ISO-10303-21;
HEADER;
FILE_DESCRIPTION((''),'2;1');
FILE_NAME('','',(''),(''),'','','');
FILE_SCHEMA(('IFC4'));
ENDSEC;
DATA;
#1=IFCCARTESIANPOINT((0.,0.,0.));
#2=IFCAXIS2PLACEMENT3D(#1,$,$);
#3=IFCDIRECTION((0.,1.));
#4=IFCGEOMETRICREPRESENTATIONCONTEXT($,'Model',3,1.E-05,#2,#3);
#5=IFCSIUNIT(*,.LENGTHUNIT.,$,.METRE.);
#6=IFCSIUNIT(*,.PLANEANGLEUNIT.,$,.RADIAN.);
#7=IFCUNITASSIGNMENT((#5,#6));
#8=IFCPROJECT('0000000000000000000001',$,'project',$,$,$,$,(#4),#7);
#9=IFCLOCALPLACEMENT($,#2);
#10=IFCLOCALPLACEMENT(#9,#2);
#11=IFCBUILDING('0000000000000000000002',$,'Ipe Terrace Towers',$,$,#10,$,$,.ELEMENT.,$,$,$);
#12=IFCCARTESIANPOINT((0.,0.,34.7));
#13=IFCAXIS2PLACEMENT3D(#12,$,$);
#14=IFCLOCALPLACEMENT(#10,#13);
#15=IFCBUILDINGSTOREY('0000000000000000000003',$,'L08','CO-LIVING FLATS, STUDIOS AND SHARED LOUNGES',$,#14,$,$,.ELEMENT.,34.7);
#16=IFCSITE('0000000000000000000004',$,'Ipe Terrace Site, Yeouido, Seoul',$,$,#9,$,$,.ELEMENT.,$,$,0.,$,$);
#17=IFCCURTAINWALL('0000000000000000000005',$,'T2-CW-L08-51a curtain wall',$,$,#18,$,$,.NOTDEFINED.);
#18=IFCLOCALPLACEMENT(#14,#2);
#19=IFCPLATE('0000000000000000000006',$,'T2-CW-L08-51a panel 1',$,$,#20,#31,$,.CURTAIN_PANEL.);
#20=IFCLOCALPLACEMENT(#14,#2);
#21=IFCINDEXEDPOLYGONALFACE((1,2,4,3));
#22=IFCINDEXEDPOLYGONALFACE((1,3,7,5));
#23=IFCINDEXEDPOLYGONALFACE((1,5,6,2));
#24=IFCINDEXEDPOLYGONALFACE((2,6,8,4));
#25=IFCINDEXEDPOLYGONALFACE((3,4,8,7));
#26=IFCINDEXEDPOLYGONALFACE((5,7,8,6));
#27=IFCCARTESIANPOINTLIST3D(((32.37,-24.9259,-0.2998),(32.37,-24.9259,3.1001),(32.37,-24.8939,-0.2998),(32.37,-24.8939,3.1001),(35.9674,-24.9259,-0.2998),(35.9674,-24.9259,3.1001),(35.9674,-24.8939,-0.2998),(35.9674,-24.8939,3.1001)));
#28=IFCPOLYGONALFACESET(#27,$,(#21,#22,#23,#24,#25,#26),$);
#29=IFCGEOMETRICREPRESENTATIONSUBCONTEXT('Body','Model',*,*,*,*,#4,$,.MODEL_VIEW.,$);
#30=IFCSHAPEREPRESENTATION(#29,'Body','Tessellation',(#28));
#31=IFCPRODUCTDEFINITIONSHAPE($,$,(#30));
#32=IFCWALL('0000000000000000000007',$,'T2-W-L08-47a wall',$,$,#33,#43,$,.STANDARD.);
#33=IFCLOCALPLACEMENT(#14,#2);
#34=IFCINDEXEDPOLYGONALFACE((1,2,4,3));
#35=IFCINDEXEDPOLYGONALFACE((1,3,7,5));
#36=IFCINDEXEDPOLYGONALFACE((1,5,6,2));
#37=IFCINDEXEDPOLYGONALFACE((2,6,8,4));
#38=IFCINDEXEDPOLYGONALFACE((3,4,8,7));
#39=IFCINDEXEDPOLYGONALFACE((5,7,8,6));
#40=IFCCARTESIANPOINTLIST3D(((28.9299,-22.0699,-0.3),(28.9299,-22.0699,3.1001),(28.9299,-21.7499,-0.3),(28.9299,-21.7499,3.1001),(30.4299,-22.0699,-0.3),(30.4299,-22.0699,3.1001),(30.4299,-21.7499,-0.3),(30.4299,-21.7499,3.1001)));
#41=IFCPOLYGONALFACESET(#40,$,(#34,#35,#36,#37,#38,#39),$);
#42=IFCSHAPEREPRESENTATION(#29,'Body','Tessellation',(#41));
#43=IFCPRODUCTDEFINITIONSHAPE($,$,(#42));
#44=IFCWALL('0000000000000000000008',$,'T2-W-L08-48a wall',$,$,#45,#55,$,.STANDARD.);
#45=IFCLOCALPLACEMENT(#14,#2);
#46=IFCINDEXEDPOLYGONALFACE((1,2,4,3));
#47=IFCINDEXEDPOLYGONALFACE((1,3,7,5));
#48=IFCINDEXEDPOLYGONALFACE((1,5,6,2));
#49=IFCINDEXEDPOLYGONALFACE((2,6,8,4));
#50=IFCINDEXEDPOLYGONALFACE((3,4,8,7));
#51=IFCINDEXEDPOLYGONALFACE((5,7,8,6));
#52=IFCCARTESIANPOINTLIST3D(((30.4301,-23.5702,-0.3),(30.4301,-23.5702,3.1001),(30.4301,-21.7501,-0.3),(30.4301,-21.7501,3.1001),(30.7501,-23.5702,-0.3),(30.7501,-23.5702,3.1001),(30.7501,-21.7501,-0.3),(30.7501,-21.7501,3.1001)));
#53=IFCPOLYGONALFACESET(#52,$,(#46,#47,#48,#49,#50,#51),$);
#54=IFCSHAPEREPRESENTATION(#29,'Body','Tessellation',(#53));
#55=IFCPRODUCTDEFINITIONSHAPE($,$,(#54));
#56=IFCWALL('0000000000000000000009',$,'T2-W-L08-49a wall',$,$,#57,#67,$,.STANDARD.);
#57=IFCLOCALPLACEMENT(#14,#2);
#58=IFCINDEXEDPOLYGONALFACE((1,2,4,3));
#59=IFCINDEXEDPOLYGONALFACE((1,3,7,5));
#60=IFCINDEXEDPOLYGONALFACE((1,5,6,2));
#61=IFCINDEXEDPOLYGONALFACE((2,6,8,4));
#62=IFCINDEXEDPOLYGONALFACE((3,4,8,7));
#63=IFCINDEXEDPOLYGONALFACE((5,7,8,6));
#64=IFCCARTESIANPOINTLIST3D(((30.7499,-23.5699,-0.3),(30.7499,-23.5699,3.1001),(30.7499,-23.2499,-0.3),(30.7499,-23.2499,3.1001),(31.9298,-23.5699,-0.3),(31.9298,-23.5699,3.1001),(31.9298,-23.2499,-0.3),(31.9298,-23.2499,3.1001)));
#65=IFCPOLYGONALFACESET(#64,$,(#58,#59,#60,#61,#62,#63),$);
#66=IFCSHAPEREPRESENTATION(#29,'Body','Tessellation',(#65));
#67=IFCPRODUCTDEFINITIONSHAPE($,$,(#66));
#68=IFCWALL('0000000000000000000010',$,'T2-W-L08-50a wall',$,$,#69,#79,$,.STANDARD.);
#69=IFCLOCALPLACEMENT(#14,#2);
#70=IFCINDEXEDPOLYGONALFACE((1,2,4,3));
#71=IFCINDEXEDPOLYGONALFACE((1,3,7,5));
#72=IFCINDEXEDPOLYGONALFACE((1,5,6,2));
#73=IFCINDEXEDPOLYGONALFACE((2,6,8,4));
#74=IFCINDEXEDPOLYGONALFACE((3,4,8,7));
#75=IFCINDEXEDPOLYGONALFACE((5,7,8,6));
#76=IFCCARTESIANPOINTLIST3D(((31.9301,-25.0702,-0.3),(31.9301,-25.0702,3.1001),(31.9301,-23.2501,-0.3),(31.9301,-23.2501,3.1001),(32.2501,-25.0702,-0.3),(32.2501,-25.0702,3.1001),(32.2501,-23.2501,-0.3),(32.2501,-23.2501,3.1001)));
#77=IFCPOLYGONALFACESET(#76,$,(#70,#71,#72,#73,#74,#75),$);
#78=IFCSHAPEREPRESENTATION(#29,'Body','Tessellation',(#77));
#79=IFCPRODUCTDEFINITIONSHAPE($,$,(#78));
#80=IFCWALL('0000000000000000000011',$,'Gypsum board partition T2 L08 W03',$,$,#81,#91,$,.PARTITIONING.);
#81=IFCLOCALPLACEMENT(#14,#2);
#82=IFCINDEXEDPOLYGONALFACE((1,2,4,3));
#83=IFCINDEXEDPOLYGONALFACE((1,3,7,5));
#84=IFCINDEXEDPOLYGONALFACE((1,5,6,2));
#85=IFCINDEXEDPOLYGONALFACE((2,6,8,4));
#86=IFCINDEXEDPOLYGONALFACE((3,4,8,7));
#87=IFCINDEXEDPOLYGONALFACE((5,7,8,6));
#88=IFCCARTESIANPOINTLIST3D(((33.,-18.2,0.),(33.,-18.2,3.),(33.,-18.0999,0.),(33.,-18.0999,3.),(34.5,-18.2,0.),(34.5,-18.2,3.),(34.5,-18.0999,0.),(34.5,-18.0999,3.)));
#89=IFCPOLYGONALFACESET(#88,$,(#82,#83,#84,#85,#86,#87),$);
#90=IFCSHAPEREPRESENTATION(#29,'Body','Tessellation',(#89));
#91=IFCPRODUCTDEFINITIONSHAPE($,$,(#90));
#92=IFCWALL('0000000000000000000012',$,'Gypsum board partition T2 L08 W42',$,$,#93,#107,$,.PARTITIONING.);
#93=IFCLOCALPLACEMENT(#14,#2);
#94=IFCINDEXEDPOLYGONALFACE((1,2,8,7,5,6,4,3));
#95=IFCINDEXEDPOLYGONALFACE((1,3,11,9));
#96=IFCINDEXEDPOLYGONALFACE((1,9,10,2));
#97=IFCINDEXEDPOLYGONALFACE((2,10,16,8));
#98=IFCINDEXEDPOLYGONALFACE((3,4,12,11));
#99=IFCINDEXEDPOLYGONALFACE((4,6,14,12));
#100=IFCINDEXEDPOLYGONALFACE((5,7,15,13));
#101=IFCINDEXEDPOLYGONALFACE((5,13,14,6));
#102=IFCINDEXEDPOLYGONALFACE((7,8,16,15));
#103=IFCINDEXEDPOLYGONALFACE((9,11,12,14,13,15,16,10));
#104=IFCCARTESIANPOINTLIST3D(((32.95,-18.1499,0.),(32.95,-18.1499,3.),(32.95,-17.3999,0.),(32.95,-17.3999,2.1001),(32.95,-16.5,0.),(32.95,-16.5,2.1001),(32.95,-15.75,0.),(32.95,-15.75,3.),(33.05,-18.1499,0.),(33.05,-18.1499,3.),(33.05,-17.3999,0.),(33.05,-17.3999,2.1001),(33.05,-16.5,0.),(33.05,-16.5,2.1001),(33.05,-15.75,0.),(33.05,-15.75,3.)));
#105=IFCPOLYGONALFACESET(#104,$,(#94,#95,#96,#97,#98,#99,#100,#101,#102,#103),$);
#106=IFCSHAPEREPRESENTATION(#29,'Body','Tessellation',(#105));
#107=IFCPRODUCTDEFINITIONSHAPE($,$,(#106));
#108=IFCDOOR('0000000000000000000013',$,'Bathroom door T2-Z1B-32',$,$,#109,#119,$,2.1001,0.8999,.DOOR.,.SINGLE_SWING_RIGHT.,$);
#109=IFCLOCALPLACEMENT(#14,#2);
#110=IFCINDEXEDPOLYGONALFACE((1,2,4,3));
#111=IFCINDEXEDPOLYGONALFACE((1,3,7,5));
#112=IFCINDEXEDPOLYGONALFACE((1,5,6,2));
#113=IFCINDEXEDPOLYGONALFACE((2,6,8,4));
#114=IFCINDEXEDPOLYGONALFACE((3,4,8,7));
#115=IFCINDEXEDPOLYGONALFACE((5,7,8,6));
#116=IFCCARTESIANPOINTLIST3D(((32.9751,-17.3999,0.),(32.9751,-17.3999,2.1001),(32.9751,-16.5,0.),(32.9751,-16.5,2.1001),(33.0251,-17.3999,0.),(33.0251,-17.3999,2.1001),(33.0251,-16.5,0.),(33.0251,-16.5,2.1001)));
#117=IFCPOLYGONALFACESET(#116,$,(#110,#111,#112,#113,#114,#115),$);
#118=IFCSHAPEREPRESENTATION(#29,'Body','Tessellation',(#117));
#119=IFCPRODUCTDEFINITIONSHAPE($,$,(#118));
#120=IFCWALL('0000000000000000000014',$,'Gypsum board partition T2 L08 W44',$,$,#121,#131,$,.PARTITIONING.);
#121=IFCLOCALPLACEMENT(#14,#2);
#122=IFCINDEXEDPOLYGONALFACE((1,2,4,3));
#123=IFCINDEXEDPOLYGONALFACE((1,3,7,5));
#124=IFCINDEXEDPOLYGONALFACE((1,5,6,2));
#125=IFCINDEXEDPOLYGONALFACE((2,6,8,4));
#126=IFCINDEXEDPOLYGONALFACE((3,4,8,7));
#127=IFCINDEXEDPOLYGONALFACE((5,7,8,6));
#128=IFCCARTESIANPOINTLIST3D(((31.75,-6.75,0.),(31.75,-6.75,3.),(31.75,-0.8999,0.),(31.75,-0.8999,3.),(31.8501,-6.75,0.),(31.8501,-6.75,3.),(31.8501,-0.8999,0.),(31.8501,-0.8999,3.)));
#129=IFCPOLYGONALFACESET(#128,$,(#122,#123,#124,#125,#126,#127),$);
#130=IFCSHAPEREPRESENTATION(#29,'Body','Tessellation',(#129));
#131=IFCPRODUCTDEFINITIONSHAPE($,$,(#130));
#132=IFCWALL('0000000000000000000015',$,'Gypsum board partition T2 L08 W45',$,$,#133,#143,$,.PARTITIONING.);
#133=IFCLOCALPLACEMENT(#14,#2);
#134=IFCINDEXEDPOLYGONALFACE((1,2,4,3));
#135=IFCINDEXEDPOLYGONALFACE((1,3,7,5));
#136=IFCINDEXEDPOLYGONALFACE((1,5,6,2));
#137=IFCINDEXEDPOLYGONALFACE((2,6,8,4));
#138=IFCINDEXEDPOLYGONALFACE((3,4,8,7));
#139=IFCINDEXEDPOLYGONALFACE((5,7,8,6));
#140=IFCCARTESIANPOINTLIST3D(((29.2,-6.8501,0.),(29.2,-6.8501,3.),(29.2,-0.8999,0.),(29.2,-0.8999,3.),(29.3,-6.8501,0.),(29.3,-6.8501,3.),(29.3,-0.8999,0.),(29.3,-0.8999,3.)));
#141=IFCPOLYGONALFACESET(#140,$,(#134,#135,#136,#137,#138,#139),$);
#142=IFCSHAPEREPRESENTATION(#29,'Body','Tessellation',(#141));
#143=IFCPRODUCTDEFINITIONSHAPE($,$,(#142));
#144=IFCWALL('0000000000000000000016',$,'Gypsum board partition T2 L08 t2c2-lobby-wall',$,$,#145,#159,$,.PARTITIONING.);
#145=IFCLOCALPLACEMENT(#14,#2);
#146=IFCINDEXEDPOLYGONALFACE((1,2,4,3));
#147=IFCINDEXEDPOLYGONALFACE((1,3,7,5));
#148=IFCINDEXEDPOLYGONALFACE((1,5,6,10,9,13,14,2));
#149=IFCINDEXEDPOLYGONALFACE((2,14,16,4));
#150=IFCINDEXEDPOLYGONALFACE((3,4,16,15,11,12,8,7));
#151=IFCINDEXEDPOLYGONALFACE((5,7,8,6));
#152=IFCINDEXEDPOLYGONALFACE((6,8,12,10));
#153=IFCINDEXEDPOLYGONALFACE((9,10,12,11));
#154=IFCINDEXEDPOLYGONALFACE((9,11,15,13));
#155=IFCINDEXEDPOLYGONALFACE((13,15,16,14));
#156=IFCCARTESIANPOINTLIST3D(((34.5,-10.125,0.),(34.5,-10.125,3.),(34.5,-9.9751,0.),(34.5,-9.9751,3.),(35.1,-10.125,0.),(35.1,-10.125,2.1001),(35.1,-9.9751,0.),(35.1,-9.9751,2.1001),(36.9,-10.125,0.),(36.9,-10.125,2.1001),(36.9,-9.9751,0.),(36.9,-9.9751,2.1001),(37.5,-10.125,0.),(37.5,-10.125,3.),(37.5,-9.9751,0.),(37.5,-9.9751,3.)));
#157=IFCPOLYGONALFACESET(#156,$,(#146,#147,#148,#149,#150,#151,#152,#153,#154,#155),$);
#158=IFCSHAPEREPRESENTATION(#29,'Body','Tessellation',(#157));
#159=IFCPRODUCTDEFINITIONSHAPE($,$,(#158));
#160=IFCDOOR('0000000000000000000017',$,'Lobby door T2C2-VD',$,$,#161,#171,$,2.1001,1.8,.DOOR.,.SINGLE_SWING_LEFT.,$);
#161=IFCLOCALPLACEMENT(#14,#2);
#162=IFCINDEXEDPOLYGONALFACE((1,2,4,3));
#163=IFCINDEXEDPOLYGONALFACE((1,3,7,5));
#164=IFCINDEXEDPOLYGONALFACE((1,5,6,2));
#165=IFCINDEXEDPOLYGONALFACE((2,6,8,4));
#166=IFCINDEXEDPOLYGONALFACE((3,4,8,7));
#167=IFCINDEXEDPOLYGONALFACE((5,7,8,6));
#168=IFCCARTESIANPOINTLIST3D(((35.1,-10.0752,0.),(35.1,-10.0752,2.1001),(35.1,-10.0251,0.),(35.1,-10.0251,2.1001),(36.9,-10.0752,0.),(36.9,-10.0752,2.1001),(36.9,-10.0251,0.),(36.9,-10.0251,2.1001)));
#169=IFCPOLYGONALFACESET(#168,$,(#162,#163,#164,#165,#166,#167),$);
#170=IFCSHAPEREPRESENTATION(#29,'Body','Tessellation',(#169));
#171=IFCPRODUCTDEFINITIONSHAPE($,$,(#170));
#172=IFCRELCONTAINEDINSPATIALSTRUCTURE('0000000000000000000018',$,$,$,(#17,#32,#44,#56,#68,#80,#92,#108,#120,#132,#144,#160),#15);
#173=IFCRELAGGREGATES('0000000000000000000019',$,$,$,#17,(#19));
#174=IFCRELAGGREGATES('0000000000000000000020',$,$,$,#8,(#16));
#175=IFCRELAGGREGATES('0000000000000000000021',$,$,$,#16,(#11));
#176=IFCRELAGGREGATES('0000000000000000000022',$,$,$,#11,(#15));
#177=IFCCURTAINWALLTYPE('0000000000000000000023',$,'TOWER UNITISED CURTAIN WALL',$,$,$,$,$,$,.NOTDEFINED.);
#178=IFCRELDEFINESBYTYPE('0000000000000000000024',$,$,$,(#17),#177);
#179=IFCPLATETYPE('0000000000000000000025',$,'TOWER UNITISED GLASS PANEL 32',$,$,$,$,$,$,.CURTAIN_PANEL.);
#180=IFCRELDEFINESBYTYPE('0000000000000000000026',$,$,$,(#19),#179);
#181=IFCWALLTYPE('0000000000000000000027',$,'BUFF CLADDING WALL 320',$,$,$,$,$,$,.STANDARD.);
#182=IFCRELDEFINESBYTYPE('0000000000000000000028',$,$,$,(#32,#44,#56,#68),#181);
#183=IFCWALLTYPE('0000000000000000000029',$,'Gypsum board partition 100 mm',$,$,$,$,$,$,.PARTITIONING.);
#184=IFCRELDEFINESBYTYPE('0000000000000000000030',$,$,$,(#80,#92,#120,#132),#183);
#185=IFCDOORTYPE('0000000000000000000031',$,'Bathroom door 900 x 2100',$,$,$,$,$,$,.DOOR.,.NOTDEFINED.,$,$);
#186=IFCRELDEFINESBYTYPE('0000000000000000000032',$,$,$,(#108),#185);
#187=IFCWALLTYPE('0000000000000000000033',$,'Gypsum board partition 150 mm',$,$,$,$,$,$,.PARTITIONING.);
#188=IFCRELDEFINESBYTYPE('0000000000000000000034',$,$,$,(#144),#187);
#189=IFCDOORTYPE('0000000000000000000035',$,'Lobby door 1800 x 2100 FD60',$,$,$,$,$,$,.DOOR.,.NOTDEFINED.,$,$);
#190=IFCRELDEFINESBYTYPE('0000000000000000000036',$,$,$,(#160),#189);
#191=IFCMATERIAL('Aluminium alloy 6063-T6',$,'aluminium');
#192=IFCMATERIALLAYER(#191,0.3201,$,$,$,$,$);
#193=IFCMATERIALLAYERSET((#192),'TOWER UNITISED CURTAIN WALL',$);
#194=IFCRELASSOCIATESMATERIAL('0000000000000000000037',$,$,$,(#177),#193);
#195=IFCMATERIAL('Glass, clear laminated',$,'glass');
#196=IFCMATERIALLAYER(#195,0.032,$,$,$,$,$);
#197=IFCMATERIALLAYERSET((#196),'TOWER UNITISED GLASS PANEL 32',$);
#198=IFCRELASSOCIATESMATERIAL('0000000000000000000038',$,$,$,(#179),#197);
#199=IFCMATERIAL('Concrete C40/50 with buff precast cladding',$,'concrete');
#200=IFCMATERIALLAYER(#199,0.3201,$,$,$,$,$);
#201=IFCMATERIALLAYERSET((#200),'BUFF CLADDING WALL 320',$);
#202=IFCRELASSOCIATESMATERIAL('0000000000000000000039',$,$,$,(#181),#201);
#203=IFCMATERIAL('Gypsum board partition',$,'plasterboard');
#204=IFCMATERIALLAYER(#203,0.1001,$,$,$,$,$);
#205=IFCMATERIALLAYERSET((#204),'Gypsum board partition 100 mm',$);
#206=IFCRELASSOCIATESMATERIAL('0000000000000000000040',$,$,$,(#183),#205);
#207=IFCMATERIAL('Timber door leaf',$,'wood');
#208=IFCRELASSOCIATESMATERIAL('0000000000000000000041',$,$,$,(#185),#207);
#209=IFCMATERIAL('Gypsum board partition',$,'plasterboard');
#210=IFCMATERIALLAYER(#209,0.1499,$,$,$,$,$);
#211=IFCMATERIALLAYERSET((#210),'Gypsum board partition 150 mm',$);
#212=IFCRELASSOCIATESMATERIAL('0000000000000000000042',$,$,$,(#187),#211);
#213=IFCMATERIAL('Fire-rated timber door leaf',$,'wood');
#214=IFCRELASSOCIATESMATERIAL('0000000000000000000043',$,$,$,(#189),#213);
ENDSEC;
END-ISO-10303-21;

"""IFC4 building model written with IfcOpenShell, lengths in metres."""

from ifc_helpers import new_model, si_unit, direction, frame, frame_2d, origin, origin_2d, place, context, subcontext, project, spatial, rectangle, extrude, material, layer, layer_set, type_object, element, fill, aggregate, save


model = new_model("IFC4")

# Units and contexts
model_context = context("Model", 3, precision=1e-05, world=origin(), true_north=direction((0.0, 1.0)))
body_context = subcontext(model_context, "Body", "Model", "MODEL_VIEW")
ifc_project = project(units=[si_unit("LENGTHUNIT", "METRE"), si_unit("PLANEANGLEUNIT", "RADIAN")], contexts=[model_context])

# Site, building, storey
site_placement = place(None, origin())
site = spatial("IfcSite", under=ifc_project, at=site_placement, Name="Ipe Terrace Site, Yeouido, Seoul", CompositionType="ELEMENT", RefElevation=0.0)
building_placement = place(site_placement, origin())
building = spatial("IfcBuilding", under=site, at=building_placement, Name="Ipe Terrace Towers", CompositionType="ELEMENT")
storey_placement = place(building_placement, frame((0.0, 0.0, 34.7)))
storey = spatial("IfcBuildingStorey", under=building, at=storey_placement, Name="L08", Description="CO-LIVING FLATS, STUDIOS AND SHARED LOUNGES", CompositionType="ELEMENT", Elevation=34.7)

# Shared definitions
ifc_material_1 = material(Name="Aluminium alloy 6063-T6", Category="aluminium")
ifc_layer_1 = layer(ifc_material_1, 0.3201)
ifc_layer_set_1 = layer_set([ifc_layer_1], Name="TOWER UNITISED CURTAIN WALL")
curtain_wall_type = type_object("IfcCurtainWallType", Name="TOWER UNITISED CURTAIN WALL", PredefinedType="NOTDEFINED", material=ifc_layer_set_1)

# Curtain wall
curtain_wall_1_placement = place(storey_placement, origin())
curtain_wall_1 = element("IfcCurtainWall", 1, at=curtain_wall_1_placement, inside=storey, type_object=curtain_wall_type, Name="T2-CW-L08-51a curtain wall", PredefinedType="NOTDEFINED")

# Plate
ifc_material_2 = material(Name="Glass, clear laminated", Category="glass")
ifc_layer_2 = layer(ifc_material_2, 0.032)
ifc_layer_set_2 = layer_set([ifc_layer_2], Name="TOWER UNITISED GLASS PANEL 32")
plate_type = type_object("IfcPlateType", Name="TOWER UNITISED GLASS PANEL 32", PredefinedType="CURTAIN_PANEL", material=ifc_layer_set_2)
plate_1_placement = place(storey_placement, frame((34.1687, -24.9099, -0.2998), z_axis=(0.0, 0.0, 1.0), x_axis=(1.0, 0.0, 0.0)))
plate_1 = element("IfcPlate", 2, at=plate_1_placement, type_object=plate_type, Name="T2-CW-L08-51a panel 1", PredefinedType="CURTAIN_PANEL", context=body_context, shape_type="SweptSolid", body=[
    extrude(rectangle(XDim=3.5974, YDim=0.032, at=origin_2d()), origin(), (0.0, 0.0, 1.0), 3.3999),
])
aggregate(curtain_wall_1, [plate_1])

# Walls
ifc_material_3 = material(Name="Concrete C40/50 with buff precast cladding", Category="concrete")
ifc_layer_3 = layer(ifc_material_3, 0.3201)
ifc_layer_set_3 = layer_set([ifc_layer_3], Name="BUFF CLADDING WALL 320")
wall_type_1 = type_object("IfcWallType", Name="BUFF CLADDING WALL 320", PredefinedType="STANDARD", material=ifc_layer_set_3)
wall_1_placement = place(storey_placement, frame((28.9299, -21.9099, -0.3), z_axis=(0.0, 0.0, 1.0), x_axis=(1.0, 0.0, 0.0)))
element("IfcWall", 3, at=wall_1_placement, inside=storey, type_object=wall_type_1, Name="T2-W-L08-47a wall", PredefinedType="STANDARD", context=body_context, shape_type="SweptSolid", body=[
    extrude(rectangle(XDim=1.5, YDim=0.3201, at=frame_2d((0.75, 0.0))), origin(), (0.0, 0.0, 1.0), 3.4001),
])
wall_2_placement = place(storey_placement, frame((30.5901, -21.75, -0.3), z_axis=(0.0, 0.0, 1.0), x_axis=(0.0, -1.0, 0.0)))
element("IfcWall", 4, at=wall_2_placement, inside=storey, type_object=wall_type_1, Name="T2-W-L08-48a wall", PredefinedType="STANDARD", context=body_context, shape_type="SweptSolid", body=[
    extrude(rectangle(XDim=1.8201, YDim=0.3201, at=frame_2d((0.9102, 0.0))), origin(), (0.0, 0.0, 1.0), 3.4001),
])
wall_3_placement = place(storey_placement, frame((30.75, -23.4099, -0.3), z_axis=(0.0, 0.0, 1.0), x_axis=(1.0, 0.0, 0.0)))
element("IfcWall", 5, at=wall_3_placement, inside=storey, type_object=wall_type_1, Name="T2-W-L08-49a wall", PredefinedType="STANDARD", context=body_context, shape_type="SweptSolid", body=[
    extrude(rectangle(XDim=1.1799, YDim=0.3201, at=frame_2d((0.5898, 0.0))), origin(), (0.0, 0.0, 1.0), 3.4001),
])
wall_4_placement = place(storey_placement, frame((32.0901, -23.25, -0.3), z_axis=(0.0, 0.0, 1.0), x_axis=(0.0, -1.0, 0.0)))
element("IfcWall", 6, at=wall_4_placement, inside=storey, type_object=wall_type_1, Name="T2-W-L08-50a wall", PredefinedType="STANDARD", context=body_context, shape_type="SweptSolid", body=[
    extrude(rectangle(XDim=1.8201, YDim=0.3201, at=frame_2d((0.9102, 0.0))), origin(), (0.0, 0.0, 1.0), 3.4001),
])
ifc_material_4 = material(Name="Gypsum board partition", Category="plasterboard")
ifc_layer_4 = layer(ifc_material_4, 0.1001)
ifc_layer_set_4 = layer_set([ifc_layer_4], Name="Gypsum board partition 100 mm")
wall_type_2 = type_object("IfcWallType", Name="Gypsum board partition 100 mm", PredefinedType="PARTITIONING", material=ifc_layer_set_4)
wall_5_placement = place(storey_placement, frame((34.5, -18.1499, 0.0), z_axis=(0.0, 0.0, 1.0), x_axis=(-1.0, 0.0, 0.0)))
element("IfcWall", 7, at=wall_5_placement, inside=storey, type_object=wall_type_2, Name="Gypsum board partition T2 L08 W03", PredefinedType="PARTITIONING", context=body_context, shape_type="SweptSolid", body=[
    extrude(rectangle(XDim=1.5, YDim=0.1001, at=frame_2d((0.75, 0.0))), origin(), (0.0, 0.0, 1.0), 3.0),
])

# Wall, opening, door
wall_6_placement = place(storey_placement, frame((33.0, -18.1499, 0.0), z_axis=(0.0, 0.0, 1.0), x_axis=(0.0, 1.0, 0.0)))
wall_6 = element("IfcWall", 8, at=wall_6_placement, inside=storey, type_object=wall_type_2, Name="Gypsum board partition T2 L08 W42", PredefinedType="PARTITIONING", context=body_context, shape_type="SweptSolid", body=[
    extrude(rectangle(XDim=2.3999, YDim=0.1001, at=frame_2d((1.2, 0.0))), origin(), (0.0, 0.0, 1.0), 3.0),
])
opening_1_placement = place(wall_6_placement, frame((0.75, 0.0, 0.0)))
opening_1 = element("IfcOpeningElement", 9, at=opening_1_placement, cuts=wall_6, PredefinedType="OPENING", context=body_context, shape_type="SweptSolid", body=[
    extrude(rectangle(XDim=0.8999, YDim=2.1001, at=frame_2d((0.45, 1.05))), frame((0.0, 0.0601, 0.0), z_axis=(0.0, -1.0, 0.0), x_axis=(1.0, 0.0, 0.0)), (0.0, 0.0, 1.0), 0.1201),
])
ifc_material_5 = material(Name="Timber door leaf", Category="wood")
door_type_1 = type_object("IfcDoorType", Name="Bathroom door 900 x 2100", OperationType="NOTDEFINED", PredefinedType="DOOR", material=ifc_material_5)
door_1_placement = place(opening_1_placement, origin())
door_1 = element("IfcDoor", 10, at=door_1_placement, inside=storey, type_object=door_type_1, Name="Bathroom door T2-Z1B-32", OperationType="SINGLE_SWING_RIGHT", OverallHeight=2.1001, OverallWidth=0.8999, PredefinedType="DOOR", context=body_context, shape_type="SweptSolid", body=[
    extrude(rectangle(XDim=0.8999, YDim=2.1001, at=frame_2d((0.45, 1.05))), frame((0.0, 0.0249, 0.0), z_axis=(0.0, -1.0, 0.0), x_axis=(1.0, 0.0, 0.0)), (0.0, 0.0, 1.0), 0.05),
])
fill(opening_1, door_1)

# Walls
wall_7_placement = place(storey_placement, frame((31.8, -6.75, 0.0), z_axis=(0.0, 0.0, 1.0), x_axis=(0.0, 1.0, 0.0)))
element("IfcWall", 11, at=wall_7_placement, inside=storey, type_object=wall_type_2, Name="Gypsum board partition T2 L08 W44", PredefinedType="PARTITIONING", context=body_context, shape_type="SweptSolid", body=[
    extrude(rectangle(XDim=5.8501, YDim=0.1001, at=frame_2d((2.925, 0.0))), origin(), (0.0, 0.0, 1.0), 3.0),
])
wall_8_placement = place(storey_placement, frame((29.25, -6.8501, 0.0), z_axis=(0.0, 0.0, 1.0), x_axis=(0.0, 1.0, 0.0)))
element("IfcWall", 12, at=wall_8_placement, inside=storey, type_object=wall_type_2, Name="Gypsum board partition T2 L08 W45", PredefinedType="PARTITIONING", context=body_context, shape_type="SweptSolid", body=[
    extrude(rectangle(XDim=5.9502, YDim=0.1001, at=frame_2d((2.9751, 0.0))), origin(), (0.0, 0.0, 1.0), 3.0),
])

# Wall, opening, door
ifc_material_6 = material(Name="Gypsum board partition", Category="plasterboard")
ifc_layer_5 = layer(ifc_material_6, 0.1499)
ifc_layer_set_5 = layer_set([ifc_layer_5], Name="Gypsum board partition 150 mm")
wall_type_3 = type_object("IfcWallType", Name="Gypsum board partition 150 mm", PredefinedType="PARTITIONING", material=ifc_layer_set_5)
wall_9_placement = place(storey_placement, frame((34.5, -10.05, 0.0), z_axis=(0.0, 0.0, 1.0), x_axis=(1.0, 0.0, 0.0)))
wall_9 = element("IfcWall", 13, at=wall_9_placement, inside=storey, type_object=wall_type_3, Name="Gypsum board partition T2 L08 t2c2-lobby-wall", PredefinedType="PARTITIONING", context=body_context, shape_type="SweptSolid", body=[
    extrude(rectangle(XDim=3.0, YDim=0.1499, at=frame_2d((1.5, 0.0))), origin(), (0.0, 0.0, 1.0), 3.0),
])
opening_2_placement = place(wall_9_placement, frame((0.6001, 0.0, 0.0)))
opening_2 = element("IfcOpeningElement", 14, at=opening_2_placement, cuts=wall_9, PredefinedType="OPENING", context=body_context, shape_type="SweptSolid", body=[
    extrude(rectangle(XDim=1.8, YDim=2.1001, at=frame_2d((0.8999, 1.05))), frame((0.0, 0.085, 0.0), z_axis=(0.0, -1.0, 0.0), x_axis=(1.0, 0.0, 0.0)), (0.0, 0.0, 1.0), 0.1699),
])
ifc_material_7 = material(Name="Fire-rated timber door leaf", Category="wood")
door_type_2 = type_object("IfcDoorType", Name="Lobby door 1800 x 2100 FD60", OperationType="NOTDEFINED", PredefinedType="DOOR", material=ifc_material_7)
door_2_placement = place(opening_2_placement, origin())
door_2 = element("IfcDoor", 15, at=door_2_placement, inside=storey, type_object=door_type_2, Name="Lobby door T2C2-VD", OperationType="SINGLE_SWING_LEFT", OverallHeight=2.1001, OverallWidth=1.8, PredefinedType="DOOR", context=body_context, shape_type="SweptSolid", body=[
    extrude(rectangle(XDim=1.8, YDim=2.1001, at=frame_2d((0.8999, 1.05))), frame((0.0, 0.0249, 0.0), z_axis=(0.0, -1.0, 0.0), x_axis=(1.0, 0.0, 0.0)), (0.0, 0.0, 1.0), 0.05),
])
fill(opening_2, door_2)

save(model, "model.ifc")
